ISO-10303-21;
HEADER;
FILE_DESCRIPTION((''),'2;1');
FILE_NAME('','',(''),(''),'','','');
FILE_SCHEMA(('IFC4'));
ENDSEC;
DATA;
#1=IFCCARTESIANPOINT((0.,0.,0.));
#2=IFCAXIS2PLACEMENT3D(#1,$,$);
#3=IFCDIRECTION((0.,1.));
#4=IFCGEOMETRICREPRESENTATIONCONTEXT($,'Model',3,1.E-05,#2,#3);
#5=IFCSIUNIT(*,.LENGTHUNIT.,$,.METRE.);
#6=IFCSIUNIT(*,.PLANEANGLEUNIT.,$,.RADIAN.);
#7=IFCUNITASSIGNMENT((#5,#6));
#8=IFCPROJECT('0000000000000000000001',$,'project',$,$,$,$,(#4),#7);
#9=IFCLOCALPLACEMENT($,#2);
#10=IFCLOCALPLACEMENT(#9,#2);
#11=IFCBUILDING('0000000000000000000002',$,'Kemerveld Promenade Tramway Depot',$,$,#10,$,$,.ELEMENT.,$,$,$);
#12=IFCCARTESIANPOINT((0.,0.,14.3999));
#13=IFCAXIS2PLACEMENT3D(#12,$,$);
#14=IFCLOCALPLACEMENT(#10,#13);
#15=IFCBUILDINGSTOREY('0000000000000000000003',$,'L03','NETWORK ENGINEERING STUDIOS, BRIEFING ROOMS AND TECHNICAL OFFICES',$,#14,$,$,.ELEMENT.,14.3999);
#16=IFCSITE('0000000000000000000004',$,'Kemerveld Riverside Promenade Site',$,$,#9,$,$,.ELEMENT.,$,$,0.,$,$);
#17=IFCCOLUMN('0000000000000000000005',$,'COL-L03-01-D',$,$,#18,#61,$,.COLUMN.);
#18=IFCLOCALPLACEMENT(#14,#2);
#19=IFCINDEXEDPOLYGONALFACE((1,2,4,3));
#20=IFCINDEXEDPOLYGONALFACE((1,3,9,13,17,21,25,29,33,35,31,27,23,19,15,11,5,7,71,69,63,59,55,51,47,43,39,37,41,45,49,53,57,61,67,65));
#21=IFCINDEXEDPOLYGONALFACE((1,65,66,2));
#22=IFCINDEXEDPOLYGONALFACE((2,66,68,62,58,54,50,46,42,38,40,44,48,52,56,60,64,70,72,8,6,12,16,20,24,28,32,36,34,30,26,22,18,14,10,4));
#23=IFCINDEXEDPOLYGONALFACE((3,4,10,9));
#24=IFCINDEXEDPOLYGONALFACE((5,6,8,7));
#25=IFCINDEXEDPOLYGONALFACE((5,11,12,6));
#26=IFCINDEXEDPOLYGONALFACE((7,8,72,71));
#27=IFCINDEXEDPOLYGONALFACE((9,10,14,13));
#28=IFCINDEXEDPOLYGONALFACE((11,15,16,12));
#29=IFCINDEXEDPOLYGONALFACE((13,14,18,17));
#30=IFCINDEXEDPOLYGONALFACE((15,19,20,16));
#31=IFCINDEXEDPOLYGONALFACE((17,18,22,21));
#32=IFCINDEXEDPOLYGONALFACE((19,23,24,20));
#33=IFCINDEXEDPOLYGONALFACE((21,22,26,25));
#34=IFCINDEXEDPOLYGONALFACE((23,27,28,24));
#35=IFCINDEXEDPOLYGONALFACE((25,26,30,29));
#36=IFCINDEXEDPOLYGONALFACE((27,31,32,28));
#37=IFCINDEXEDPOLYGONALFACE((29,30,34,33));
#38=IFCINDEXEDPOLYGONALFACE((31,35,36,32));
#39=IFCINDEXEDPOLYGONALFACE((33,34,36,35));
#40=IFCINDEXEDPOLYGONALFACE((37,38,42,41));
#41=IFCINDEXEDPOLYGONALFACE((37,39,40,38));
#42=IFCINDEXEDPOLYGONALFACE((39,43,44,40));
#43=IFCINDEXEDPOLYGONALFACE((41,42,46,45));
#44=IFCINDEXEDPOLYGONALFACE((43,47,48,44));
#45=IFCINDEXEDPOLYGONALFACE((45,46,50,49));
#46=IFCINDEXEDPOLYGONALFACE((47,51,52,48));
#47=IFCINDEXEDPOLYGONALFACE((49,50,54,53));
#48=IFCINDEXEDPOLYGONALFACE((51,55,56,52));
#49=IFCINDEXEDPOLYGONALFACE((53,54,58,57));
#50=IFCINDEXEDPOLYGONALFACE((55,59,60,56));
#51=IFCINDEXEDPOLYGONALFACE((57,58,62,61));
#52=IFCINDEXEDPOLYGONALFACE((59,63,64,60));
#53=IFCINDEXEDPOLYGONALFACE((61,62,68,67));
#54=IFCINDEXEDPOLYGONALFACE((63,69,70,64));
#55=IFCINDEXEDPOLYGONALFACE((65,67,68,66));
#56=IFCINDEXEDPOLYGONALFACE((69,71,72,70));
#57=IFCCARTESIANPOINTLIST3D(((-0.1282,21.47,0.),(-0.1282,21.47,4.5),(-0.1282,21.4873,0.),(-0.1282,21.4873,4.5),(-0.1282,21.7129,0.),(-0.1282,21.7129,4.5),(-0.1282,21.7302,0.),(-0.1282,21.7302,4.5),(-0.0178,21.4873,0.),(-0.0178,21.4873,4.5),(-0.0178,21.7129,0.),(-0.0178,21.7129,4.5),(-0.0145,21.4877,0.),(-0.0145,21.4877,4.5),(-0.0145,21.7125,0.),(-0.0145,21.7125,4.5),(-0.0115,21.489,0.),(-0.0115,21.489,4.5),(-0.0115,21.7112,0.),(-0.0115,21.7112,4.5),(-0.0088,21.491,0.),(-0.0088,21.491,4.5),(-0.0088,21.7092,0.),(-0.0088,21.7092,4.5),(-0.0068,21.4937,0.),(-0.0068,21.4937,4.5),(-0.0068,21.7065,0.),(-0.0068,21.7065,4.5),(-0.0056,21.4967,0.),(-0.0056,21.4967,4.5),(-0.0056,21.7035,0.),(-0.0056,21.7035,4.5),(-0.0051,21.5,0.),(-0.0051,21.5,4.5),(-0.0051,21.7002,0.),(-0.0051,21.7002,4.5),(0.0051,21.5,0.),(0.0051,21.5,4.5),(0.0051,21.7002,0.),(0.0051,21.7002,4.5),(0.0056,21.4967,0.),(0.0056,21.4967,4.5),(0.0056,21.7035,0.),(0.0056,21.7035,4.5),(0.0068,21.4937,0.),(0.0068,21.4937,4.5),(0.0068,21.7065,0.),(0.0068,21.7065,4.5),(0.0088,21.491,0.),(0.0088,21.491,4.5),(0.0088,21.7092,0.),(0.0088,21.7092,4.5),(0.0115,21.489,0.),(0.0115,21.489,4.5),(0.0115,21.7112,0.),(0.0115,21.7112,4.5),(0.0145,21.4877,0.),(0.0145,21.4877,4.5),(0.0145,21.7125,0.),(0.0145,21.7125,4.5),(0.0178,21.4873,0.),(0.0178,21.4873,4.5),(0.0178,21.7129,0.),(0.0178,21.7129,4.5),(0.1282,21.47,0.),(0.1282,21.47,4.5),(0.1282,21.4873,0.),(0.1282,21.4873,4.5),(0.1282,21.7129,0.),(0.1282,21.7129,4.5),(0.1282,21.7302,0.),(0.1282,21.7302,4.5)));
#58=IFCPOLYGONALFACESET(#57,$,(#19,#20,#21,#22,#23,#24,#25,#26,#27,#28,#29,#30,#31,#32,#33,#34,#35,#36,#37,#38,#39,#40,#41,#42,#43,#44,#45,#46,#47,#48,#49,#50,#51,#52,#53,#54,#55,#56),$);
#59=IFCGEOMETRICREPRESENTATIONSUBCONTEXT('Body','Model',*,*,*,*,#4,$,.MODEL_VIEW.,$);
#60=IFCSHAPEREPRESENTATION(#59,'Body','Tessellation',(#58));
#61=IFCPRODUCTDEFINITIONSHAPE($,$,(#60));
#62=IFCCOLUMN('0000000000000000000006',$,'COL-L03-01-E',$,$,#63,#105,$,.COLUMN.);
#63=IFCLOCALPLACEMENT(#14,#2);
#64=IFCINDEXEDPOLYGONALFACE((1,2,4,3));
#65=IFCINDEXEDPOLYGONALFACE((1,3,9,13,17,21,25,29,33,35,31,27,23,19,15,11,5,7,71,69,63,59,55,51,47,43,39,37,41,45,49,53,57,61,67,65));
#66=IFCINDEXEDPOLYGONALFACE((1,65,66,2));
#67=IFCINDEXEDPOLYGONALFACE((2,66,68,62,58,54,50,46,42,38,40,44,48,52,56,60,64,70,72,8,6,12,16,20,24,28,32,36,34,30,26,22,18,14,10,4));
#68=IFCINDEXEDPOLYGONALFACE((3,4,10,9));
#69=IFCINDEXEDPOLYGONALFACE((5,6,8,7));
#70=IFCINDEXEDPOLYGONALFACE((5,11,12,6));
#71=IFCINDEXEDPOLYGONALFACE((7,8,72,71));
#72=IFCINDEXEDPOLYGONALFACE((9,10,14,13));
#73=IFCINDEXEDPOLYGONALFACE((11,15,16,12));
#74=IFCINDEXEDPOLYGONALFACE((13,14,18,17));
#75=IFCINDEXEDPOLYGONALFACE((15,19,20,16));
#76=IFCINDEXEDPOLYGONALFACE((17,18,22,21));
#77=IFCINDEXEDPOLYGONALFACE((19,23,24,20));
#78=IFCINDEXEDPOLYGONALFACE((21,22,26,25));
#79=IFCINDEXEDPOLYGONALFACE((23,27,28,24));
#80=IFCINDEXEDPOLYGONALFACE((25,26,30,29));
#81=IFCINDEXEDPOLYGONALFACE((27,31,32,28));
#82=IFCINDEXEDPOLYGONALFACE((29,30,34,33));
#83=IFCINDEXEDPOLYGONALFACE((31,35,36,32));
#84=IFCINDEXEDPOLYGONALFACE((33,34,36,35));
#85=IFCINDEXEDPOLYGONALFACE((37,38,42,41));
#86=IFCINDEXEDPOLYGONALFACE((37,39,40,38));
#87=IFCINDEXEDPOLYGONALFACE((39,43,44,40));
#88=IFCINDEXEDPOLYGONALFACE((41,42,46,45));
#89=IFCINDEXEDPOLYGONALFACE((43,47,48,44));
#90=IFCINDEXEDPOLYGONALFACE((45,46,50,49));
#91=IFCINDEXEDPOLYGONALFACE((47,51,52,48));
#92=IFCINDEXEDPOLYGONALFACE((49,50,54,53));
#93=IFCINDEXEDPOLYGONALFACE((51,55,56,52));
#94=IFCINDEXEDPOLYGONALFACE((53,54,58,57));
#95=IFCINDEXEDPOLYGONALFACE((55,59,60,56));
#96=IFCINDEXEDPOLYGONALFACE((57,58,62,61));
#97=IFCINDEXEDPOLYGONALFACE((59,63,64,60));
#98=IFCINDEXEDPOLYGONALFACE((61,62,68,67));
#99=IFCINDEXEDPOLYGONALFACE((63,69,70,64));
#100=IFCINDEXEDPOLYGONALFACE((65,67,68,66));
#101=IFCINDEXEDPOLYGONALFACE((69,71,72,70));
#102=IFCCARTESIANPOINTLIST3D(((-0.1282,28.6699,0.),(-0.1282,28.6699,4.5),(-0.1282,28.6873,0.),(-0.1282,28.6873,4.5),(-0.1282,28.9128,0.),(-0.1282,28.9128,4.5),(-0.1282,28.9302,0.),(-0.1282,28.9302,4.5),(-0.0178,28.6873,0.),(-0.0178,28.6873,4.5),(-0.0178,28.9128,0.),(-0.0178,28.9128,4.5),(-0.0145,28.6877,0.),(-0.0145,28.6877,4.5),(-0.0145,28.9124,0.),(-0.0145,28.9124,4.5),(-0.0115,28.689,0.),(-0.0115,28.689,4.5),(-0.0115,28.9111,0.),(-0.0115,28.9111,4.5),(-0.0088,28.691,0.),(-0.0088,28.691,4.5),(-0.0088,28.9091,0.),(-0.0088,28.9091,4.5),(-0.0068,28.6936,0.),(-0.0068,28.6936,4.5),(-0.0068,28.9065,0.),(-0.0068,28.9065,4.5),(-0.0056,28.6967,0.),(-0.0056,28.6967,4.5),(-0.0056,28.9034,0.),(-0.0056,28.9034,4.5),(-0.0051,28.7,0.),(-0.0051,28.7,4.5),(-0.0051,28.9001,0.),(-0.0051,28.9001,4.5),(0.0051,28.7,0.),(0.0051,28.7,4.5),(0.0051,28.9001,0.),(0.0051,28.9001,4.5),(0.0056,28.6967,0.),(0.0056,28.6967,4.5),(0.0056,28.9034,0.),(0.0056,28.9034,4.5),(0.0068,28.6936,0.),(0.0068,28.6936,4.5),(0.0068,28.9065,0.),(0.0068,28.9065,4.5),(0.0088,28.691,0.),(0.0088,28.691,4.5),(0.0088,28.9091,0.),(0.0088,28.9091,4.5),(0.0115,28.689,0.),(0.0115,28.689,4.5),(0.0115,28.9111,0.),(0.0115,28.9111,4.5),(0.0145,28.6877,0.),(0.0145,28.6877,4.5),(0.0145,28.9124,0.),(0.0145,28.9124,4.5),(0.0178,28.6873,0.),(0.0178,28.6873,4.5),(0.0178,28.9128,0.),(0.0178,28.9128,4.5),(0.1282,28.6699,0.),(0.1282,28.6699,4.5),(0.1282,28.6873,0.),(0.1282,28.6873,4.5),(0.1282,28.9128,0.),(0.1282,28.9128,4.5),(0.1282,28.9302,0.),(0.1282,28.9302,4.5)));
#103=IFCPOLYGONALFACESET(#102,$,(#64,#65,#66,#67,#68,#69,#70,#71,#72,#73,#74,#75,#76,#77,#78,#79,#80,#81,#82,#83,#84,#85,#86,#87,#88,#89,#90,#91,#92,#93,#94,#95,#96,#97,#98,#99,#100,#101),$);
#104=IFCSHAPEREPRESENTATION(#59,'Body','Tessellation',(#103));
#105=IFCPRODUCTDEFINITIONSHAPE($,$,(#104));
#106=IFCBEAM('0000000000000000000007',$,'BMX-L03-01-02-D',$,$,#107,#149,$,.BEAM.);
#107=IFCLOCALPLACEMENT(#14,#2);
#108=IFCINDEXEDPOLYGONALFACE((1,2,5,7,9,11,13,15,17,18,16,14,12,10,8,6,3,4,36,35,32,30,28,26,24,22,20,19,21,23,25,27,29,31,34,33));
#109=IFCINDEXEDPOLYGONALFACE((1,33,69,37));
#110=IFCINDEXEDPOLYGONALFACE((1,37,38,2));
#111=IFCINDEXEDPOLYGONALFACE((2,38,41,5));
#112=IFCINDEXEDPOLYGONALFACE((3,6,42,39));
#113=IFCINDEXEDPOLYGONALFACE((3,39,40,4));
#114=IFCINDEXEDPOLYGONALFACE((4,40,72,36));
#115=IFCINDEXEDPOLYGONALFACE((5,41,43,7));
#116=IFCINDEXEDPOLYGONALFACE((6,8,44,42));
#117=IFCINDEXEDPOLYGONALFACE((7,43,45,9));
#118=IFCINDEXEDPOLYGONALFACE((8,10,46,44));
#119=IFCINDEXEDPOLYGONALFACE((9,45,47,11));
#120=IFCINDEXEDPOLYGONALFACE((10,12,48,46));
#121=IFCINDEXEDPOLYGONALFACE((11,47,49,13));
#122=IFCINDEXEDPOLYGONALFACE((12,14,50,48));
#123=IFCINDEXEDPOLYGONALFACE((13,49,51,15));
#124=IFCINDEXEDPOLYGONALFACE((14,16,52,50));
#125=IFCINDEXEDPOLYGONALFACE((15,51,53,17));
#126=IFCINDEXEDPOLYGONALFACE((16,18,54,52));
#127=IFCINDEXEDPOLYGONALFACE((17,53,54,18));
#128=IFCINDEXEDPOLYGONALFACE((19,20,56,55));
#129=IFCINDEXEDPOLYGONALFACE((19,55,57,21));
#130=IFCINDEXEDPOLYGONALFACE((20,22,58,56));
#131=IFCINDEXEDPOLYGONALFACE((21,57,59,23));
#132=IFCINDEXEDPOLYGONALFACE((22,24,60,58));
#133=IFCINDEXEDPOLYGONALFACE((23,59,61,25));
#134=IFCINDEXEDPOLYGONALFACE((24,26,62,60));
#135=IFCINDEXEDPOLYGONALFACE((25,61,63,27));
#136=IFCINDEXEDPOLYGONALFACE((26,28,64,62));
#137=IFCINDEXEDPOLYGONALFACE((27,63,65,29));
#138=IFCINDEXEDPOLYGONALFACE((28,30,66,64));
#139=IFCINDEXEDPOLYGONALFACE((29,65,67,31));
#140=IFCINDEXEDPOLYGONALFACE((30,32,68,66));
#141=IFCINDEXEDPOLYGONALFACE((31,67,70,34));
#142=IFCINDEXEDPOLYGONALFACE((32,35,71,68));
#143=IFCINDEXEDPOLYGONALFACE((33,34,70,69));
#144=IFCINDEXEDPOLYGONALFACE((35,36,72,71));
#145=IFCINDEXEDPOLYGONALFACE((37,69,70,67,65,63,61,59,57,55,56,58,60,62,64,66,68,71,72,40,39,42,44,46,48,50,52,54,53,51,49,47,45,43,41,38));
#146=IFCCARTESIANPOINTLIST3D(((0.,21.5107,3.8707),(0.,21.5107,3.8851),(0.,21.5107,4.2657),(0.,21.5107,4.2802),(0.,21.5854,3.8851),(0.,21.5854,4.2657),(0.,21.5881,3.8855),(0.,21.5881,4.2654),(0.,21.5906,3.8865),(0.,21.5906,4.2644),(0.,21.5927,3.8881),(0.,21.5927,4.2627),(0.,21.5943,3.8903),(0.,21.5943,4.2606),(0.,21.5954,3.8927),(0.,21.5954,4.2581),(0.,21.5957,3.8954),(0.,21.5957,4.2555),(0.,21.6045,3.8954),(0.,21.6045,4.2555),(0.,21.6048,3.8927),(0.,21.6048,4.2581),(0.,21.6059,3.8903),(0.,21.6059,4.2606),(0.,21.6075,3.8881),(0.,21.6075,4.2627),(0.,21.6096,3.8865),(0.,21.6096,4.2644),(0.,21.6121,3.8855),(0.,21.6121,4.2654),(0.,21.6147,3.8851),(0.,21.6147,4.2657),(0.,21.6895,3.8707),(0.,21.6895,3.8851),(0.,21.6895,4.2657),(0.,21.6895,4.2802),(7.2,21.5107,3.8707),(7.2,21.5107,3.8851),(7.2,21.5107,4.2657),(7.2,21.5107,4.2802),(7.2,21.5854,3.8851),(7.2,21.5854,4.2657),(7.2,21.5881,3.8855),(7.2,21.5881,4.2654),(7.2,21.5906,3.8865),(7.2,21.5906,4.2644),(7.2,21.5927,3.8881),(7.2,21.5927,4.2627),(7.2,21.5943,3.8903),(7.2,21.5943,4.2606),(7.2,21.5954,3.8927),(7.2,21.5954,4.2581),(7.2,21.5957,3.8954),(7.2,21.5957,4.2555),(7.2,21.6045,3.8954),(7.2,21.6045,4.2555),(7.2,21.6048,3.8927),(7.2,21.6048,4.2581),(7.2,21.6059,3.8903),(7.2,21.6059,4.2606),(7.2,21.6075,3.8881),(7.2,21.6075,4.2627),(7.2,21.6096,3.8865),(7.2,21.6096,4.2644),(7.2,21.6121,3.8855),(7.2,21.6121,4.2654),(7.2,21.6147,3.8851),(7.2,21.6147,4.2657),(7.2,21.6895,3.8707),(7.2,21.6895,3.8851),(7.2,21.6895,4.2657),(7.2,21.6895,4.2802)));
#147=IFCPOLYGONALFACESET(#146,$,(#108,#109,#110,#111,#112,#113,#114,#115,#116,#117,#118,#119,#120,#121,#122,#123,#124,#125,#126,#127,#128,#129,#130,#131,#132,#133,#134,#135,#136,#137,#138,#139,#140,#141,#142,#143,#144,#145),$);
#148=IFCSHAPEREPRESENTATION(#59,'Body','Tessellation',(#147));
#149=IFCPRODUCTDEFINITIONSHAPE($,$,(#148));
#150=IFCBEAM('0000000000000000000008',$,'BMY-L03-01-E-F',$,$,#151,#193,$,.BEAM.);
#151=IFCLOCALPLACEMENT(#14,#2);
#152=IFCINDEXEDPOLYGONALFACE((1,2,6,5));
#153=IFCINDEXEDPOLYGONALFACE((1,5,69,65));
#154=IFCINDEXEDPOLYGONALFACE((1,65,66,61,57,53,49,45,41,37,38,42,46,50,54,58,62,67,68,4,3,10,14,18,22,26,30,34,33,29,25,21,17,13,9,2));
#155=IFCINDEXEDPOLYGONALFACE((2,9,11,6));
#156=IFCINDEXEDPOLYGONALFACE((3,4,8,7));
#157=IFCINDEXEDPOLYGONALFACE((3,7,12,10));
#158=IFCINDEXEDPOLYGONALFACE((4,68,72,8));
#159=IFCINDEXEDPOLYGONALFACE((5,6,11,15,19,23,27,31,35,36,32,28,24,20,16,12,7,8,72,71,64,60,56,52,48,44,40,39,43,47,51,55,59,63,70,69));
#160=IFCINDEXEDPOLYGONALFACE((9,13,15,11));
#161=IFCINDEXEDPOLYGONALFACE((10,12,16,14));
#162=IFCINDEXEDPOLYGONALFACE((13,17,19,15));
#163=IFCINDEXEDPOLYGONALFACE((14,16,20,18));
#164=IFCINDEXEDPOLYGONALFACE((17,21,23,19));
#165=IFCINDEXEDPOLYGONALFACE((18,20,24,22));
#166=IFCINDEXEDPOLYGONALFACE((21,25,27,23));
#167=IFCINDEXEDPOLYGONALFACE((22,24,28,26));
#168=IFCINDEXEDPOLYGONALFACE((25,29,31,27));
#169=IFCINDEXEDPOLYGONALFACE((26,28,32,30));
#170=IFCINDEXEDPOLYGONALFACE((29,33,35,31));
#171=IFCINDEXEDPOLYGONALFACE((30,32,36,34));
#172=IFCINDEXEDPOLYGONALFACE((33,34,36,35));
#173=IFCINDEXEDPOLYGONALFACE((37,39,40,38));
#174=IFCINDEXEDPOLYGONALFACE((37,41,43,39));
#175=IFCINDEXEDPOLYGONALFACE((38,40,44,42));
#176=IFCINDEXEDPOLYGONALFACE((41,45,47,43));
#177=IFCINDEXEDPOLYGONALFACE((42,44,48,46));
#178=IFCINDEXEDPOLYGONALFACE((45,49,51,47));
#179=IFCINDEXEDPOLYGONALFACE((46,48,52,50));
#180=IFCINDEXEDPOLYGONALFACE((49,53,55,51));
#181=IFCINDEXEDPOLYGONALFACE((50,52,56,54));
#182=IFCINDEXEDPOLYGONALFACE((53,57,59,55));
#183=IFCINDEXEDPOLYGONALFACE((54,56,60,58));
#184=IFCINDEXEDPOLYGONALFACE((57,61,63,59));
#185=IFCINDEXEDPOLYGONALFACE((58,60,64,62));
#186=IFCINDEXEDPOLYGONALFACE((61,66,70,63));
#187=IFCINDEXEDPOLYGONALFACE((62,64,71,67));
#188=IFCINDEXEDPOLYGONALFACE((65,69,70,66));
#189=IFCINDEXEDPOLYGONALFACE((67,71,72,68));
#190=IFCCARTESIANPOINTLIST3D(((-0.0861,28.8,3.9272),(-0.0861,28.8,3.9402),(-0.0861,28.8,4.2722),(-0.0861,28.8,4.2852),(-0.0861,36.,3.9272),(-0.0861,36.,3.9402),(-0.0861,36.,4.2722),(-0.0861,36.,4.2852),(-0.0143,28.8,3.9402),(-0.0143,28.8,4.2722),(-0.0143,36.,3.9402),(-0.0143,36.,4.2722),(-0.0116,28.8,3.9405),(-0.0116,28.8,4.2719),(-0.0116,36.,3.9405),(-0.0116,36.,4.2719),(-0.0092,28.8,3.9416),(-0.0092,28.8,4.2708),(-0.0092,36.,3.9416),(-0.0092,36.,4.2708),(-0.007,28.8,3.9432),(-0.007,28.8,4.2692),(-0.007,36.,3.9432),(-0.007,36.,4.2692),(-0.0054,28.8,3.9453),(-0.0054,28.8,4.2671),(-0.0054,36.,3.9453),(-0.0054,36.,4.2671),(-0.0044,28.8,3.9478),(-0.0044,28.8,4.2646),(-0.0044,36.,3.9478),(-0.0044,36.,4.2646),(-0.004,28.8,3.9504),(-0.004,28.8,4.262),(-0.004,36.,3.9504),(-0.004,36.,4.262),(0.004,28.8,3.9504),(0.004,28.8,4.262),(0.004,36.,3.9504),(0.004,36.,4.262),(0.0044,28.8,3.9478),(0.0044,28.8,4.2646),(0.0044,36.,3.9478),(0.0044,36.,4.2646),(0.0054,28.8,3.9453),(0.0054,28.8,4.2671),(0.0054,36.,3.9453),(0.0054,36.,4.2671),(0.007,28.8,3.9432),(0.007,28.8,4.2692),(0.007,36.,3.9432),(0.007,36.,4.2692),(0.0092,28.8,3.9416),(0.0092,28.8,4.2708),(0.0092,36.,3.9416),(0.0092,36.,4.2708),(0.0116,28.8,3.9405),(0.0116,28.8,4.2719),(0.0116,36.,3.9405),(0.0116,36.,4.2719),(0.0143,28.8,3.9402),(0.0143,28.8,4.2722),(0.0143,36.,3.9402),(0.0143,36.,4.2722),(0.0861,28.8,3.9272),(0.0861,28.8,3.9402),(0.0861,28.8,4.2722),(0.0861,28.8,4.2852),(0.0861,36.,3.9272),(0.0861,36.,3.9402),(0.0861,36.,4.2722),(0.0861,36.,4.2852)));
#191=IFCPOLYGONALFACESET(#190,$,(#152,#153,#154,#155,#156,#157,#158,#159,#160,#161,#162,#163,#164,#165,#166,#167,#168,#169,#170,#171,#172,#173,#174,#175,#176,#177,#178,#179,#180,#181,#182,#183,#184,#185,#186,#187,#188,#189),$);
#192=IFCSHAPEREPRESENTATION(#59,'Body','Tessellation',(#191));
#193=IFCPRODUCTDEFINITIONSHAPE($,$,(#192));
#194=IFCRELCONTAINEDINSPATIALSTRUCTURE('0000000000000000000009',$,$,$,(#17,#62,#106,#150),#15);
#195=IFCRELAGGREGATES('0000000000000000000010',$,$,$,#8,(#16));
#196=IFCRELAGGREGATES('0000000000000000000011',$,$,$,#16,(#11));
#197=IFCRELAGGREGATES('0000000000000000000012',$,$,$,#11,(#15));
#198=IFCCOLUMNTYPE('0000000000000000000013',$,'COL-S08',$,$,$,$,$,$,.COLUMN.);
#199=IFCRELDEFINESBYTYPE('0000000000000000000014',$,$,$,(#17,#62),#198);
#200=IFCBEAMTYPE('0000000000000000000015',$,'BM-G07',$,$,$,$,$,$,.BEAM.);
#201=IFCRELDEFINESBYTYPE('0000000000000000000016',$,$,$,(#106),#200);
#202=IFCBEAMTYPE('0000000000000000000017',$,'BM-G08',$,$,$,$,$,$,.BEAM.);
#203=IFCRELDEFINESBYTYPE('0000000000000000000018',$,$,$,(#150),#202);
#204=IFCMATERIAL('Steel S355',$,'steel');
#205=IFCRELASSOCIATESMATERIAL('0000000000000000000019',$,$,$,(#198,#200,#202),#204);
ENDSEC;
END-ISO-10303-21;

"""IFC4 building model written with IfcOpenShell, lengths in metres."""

from ifc_helpers import new_model, si_unit, direction, frame, origin, origin_2d, place, context, subcontext, project, spatial, i_section, extrude, material, material_profile, profile_set, type_object, element, save


model = new_model("IFC4")

# Units and contexts
model_context = context("Model", 3, precision=1e-05, world=origin(), true_north=direction((0.0, 1.0)))
body_context = subcontext(model_context, "Body", "Model", "MODEL_VIEW")
ifc_project = project(units=[si_unit("LENGTHUNIT", "METRE"), si_unit("PLANEANGLEUNIT", "RADIAN")], contexts=[model_context])

# Site, building, storey
site_placement = place(None, origin())
site = spatial("IfcSite", under=ifc_project, at=site_placement, Name="Kemerveld Riverside Promenade Site", CompositionType="ELEMENT", RefElevation=0.0)
building_placement = place(site_placement, origin())
building = spatial("IfcBuilding", under=site, at=building_placement, Name="Kemerveld Promenade Tramway Depot", CompositionType="ELEMENT")
storey_placement = place(building_placement, frame((0.0, 0.0, 14.3999)))
storey = spatial("IfcBuildingStorey", under=building, at=storey_placement, Name="L03", Description="NETWORK ENGINEERING STUDIOS, BRIEFING ROOMS AND TECHNICAL OFFICES", CompositionType="ELEMENT", Elevation=14.3999)

# Columns
ifc_material_1 = material(Name="Steel S355", Category="steel")
ifc_material_profile_1 = material_profile(ifc_material_1, i_section(OverallWidth=0.2563, OverallDepth=0.2603, WebThickness=0.0103, FlangeThickness=0.0173, FilletRadius=0.0127, at=origin_2d()), Name="254x254x89 UC")
ifc_profile_set_1 = profile_set([ifc_material_profile_1], Name="Steel S355")
column_type = type_object("IfcColumnType", Name="COL-S08", PredefinedType="COLUMN", material=ifc_profile_set_1)
for number, where, z_axis, x_axis, name in (
    (1, (0.0, 21.6001, 0.0), (0.0, 0.0, 1.0), (1.0, 0.0, 0.0), "COL-L03-01-D"),
    (2, (0.0, 28.8, 0.0), (0.0, 0.0, 1.0), (1.0, 0.0, 0.0), "COL-L03-01-E"),
):
    element("IfcColumn", number, at=place(storey_placement, frame(where, z_axis=z_axis, x_axis=x_axis)), inside=storey, type_object=column_type, Name=name, PredefinedType="COLUMN", context=body_context, shape_type="SweptSolid", body=[
        extrude(i_section(OverallWidth=0.2563, OverallDepth=0.2603, WebThickness=0.0103, FlangeThickness=0.0173, FilletRadius=0.0127, at=origin_2d()), origin(), (0.0, 0.0, 1.0), 4.5),
    ])

# Beams
ifc_material_profile_2 = material_profile(ifc_material_1, i_section(OverallWidth=0.1787, OverallDepth=0.4094, WebThickness=0.0088, FlangeThickness=0.0144, FilletRadius=0.0103, at=origin_2d()), Name="406x178x67 UB")
ifc_profile_set_2 = profile_set([ifc_material_profile_2], Name="Steel S355")
beam_type_1 = type_object("IfcBeamType", Name="BM-G07", PredefinedType="BEAM", material=ifc_profile_set_2)
beam_1_placement = place(storey_placement, frame((0.0, 21.6001, 4.0754), z_axis=(1.0, 0.0, 0.0), x_axis=(0.0, 1.0, 0.0)))
element("IfcBeam", 3, at=beam_1_placement, inside=storey, type_object=beam_type_1, Name="BMX-L03-01-02-D", PredefinedType="BEAM", context=body_context, shape_type="SweptSolid", body=[
    extrude(i_section(OverallWidth=0.1787, OverallDepth=0.4094, WebThickness=0.0088, FlangeThickness=0.0144, FilletRadius=0.0103, at=origin_2d()), origin(), (0.0, 0.0, 1.0), 7.2),
])
ifc_material_profile_3 = material_profile(ifc_material_1, i_section(OverallWidth=0.1721, OverallDepth=0.3579, WebThickness=0.0081, FlangeThickness=0.0129, FilletRadius=0.0103, at=origin_2d()), Name="356x171x57 UB")
ifc_profile_set_3 = profile_set([ifc_material_profile_3], Name="Steel S355")
beam_type_2 = type_object("IfcBeamType", Name="BM-G08", PredefinedType="BEAM", material=ifc_profile_set_3)
beam_2_placement = place(storey_placement, frame((0.0, 28.8, 4.1062), z_axis=(0.0, 1.0, 0.0), x_axis=(-1.0, 0.0, 0.0)))
element("IfcBeam", 4, at=beam_2_placement, inside=storey, type_object=beam_type_2, Name="BMY-L03-01-E-F", PredefinedType="BEAM", context=body_context, shape_type="SweptSolid", body=[
    extrude(i_section(OverallWidth=0.1721, OverallDepth=0.3579, WebThickness=0.0081, FlangeThickness=0.0129, FilletRadius=0.0103, at=origin_2d()), origin(), (0.0, 0.0, 1.0), 7.2),
])

save(model, "model.ifc")
